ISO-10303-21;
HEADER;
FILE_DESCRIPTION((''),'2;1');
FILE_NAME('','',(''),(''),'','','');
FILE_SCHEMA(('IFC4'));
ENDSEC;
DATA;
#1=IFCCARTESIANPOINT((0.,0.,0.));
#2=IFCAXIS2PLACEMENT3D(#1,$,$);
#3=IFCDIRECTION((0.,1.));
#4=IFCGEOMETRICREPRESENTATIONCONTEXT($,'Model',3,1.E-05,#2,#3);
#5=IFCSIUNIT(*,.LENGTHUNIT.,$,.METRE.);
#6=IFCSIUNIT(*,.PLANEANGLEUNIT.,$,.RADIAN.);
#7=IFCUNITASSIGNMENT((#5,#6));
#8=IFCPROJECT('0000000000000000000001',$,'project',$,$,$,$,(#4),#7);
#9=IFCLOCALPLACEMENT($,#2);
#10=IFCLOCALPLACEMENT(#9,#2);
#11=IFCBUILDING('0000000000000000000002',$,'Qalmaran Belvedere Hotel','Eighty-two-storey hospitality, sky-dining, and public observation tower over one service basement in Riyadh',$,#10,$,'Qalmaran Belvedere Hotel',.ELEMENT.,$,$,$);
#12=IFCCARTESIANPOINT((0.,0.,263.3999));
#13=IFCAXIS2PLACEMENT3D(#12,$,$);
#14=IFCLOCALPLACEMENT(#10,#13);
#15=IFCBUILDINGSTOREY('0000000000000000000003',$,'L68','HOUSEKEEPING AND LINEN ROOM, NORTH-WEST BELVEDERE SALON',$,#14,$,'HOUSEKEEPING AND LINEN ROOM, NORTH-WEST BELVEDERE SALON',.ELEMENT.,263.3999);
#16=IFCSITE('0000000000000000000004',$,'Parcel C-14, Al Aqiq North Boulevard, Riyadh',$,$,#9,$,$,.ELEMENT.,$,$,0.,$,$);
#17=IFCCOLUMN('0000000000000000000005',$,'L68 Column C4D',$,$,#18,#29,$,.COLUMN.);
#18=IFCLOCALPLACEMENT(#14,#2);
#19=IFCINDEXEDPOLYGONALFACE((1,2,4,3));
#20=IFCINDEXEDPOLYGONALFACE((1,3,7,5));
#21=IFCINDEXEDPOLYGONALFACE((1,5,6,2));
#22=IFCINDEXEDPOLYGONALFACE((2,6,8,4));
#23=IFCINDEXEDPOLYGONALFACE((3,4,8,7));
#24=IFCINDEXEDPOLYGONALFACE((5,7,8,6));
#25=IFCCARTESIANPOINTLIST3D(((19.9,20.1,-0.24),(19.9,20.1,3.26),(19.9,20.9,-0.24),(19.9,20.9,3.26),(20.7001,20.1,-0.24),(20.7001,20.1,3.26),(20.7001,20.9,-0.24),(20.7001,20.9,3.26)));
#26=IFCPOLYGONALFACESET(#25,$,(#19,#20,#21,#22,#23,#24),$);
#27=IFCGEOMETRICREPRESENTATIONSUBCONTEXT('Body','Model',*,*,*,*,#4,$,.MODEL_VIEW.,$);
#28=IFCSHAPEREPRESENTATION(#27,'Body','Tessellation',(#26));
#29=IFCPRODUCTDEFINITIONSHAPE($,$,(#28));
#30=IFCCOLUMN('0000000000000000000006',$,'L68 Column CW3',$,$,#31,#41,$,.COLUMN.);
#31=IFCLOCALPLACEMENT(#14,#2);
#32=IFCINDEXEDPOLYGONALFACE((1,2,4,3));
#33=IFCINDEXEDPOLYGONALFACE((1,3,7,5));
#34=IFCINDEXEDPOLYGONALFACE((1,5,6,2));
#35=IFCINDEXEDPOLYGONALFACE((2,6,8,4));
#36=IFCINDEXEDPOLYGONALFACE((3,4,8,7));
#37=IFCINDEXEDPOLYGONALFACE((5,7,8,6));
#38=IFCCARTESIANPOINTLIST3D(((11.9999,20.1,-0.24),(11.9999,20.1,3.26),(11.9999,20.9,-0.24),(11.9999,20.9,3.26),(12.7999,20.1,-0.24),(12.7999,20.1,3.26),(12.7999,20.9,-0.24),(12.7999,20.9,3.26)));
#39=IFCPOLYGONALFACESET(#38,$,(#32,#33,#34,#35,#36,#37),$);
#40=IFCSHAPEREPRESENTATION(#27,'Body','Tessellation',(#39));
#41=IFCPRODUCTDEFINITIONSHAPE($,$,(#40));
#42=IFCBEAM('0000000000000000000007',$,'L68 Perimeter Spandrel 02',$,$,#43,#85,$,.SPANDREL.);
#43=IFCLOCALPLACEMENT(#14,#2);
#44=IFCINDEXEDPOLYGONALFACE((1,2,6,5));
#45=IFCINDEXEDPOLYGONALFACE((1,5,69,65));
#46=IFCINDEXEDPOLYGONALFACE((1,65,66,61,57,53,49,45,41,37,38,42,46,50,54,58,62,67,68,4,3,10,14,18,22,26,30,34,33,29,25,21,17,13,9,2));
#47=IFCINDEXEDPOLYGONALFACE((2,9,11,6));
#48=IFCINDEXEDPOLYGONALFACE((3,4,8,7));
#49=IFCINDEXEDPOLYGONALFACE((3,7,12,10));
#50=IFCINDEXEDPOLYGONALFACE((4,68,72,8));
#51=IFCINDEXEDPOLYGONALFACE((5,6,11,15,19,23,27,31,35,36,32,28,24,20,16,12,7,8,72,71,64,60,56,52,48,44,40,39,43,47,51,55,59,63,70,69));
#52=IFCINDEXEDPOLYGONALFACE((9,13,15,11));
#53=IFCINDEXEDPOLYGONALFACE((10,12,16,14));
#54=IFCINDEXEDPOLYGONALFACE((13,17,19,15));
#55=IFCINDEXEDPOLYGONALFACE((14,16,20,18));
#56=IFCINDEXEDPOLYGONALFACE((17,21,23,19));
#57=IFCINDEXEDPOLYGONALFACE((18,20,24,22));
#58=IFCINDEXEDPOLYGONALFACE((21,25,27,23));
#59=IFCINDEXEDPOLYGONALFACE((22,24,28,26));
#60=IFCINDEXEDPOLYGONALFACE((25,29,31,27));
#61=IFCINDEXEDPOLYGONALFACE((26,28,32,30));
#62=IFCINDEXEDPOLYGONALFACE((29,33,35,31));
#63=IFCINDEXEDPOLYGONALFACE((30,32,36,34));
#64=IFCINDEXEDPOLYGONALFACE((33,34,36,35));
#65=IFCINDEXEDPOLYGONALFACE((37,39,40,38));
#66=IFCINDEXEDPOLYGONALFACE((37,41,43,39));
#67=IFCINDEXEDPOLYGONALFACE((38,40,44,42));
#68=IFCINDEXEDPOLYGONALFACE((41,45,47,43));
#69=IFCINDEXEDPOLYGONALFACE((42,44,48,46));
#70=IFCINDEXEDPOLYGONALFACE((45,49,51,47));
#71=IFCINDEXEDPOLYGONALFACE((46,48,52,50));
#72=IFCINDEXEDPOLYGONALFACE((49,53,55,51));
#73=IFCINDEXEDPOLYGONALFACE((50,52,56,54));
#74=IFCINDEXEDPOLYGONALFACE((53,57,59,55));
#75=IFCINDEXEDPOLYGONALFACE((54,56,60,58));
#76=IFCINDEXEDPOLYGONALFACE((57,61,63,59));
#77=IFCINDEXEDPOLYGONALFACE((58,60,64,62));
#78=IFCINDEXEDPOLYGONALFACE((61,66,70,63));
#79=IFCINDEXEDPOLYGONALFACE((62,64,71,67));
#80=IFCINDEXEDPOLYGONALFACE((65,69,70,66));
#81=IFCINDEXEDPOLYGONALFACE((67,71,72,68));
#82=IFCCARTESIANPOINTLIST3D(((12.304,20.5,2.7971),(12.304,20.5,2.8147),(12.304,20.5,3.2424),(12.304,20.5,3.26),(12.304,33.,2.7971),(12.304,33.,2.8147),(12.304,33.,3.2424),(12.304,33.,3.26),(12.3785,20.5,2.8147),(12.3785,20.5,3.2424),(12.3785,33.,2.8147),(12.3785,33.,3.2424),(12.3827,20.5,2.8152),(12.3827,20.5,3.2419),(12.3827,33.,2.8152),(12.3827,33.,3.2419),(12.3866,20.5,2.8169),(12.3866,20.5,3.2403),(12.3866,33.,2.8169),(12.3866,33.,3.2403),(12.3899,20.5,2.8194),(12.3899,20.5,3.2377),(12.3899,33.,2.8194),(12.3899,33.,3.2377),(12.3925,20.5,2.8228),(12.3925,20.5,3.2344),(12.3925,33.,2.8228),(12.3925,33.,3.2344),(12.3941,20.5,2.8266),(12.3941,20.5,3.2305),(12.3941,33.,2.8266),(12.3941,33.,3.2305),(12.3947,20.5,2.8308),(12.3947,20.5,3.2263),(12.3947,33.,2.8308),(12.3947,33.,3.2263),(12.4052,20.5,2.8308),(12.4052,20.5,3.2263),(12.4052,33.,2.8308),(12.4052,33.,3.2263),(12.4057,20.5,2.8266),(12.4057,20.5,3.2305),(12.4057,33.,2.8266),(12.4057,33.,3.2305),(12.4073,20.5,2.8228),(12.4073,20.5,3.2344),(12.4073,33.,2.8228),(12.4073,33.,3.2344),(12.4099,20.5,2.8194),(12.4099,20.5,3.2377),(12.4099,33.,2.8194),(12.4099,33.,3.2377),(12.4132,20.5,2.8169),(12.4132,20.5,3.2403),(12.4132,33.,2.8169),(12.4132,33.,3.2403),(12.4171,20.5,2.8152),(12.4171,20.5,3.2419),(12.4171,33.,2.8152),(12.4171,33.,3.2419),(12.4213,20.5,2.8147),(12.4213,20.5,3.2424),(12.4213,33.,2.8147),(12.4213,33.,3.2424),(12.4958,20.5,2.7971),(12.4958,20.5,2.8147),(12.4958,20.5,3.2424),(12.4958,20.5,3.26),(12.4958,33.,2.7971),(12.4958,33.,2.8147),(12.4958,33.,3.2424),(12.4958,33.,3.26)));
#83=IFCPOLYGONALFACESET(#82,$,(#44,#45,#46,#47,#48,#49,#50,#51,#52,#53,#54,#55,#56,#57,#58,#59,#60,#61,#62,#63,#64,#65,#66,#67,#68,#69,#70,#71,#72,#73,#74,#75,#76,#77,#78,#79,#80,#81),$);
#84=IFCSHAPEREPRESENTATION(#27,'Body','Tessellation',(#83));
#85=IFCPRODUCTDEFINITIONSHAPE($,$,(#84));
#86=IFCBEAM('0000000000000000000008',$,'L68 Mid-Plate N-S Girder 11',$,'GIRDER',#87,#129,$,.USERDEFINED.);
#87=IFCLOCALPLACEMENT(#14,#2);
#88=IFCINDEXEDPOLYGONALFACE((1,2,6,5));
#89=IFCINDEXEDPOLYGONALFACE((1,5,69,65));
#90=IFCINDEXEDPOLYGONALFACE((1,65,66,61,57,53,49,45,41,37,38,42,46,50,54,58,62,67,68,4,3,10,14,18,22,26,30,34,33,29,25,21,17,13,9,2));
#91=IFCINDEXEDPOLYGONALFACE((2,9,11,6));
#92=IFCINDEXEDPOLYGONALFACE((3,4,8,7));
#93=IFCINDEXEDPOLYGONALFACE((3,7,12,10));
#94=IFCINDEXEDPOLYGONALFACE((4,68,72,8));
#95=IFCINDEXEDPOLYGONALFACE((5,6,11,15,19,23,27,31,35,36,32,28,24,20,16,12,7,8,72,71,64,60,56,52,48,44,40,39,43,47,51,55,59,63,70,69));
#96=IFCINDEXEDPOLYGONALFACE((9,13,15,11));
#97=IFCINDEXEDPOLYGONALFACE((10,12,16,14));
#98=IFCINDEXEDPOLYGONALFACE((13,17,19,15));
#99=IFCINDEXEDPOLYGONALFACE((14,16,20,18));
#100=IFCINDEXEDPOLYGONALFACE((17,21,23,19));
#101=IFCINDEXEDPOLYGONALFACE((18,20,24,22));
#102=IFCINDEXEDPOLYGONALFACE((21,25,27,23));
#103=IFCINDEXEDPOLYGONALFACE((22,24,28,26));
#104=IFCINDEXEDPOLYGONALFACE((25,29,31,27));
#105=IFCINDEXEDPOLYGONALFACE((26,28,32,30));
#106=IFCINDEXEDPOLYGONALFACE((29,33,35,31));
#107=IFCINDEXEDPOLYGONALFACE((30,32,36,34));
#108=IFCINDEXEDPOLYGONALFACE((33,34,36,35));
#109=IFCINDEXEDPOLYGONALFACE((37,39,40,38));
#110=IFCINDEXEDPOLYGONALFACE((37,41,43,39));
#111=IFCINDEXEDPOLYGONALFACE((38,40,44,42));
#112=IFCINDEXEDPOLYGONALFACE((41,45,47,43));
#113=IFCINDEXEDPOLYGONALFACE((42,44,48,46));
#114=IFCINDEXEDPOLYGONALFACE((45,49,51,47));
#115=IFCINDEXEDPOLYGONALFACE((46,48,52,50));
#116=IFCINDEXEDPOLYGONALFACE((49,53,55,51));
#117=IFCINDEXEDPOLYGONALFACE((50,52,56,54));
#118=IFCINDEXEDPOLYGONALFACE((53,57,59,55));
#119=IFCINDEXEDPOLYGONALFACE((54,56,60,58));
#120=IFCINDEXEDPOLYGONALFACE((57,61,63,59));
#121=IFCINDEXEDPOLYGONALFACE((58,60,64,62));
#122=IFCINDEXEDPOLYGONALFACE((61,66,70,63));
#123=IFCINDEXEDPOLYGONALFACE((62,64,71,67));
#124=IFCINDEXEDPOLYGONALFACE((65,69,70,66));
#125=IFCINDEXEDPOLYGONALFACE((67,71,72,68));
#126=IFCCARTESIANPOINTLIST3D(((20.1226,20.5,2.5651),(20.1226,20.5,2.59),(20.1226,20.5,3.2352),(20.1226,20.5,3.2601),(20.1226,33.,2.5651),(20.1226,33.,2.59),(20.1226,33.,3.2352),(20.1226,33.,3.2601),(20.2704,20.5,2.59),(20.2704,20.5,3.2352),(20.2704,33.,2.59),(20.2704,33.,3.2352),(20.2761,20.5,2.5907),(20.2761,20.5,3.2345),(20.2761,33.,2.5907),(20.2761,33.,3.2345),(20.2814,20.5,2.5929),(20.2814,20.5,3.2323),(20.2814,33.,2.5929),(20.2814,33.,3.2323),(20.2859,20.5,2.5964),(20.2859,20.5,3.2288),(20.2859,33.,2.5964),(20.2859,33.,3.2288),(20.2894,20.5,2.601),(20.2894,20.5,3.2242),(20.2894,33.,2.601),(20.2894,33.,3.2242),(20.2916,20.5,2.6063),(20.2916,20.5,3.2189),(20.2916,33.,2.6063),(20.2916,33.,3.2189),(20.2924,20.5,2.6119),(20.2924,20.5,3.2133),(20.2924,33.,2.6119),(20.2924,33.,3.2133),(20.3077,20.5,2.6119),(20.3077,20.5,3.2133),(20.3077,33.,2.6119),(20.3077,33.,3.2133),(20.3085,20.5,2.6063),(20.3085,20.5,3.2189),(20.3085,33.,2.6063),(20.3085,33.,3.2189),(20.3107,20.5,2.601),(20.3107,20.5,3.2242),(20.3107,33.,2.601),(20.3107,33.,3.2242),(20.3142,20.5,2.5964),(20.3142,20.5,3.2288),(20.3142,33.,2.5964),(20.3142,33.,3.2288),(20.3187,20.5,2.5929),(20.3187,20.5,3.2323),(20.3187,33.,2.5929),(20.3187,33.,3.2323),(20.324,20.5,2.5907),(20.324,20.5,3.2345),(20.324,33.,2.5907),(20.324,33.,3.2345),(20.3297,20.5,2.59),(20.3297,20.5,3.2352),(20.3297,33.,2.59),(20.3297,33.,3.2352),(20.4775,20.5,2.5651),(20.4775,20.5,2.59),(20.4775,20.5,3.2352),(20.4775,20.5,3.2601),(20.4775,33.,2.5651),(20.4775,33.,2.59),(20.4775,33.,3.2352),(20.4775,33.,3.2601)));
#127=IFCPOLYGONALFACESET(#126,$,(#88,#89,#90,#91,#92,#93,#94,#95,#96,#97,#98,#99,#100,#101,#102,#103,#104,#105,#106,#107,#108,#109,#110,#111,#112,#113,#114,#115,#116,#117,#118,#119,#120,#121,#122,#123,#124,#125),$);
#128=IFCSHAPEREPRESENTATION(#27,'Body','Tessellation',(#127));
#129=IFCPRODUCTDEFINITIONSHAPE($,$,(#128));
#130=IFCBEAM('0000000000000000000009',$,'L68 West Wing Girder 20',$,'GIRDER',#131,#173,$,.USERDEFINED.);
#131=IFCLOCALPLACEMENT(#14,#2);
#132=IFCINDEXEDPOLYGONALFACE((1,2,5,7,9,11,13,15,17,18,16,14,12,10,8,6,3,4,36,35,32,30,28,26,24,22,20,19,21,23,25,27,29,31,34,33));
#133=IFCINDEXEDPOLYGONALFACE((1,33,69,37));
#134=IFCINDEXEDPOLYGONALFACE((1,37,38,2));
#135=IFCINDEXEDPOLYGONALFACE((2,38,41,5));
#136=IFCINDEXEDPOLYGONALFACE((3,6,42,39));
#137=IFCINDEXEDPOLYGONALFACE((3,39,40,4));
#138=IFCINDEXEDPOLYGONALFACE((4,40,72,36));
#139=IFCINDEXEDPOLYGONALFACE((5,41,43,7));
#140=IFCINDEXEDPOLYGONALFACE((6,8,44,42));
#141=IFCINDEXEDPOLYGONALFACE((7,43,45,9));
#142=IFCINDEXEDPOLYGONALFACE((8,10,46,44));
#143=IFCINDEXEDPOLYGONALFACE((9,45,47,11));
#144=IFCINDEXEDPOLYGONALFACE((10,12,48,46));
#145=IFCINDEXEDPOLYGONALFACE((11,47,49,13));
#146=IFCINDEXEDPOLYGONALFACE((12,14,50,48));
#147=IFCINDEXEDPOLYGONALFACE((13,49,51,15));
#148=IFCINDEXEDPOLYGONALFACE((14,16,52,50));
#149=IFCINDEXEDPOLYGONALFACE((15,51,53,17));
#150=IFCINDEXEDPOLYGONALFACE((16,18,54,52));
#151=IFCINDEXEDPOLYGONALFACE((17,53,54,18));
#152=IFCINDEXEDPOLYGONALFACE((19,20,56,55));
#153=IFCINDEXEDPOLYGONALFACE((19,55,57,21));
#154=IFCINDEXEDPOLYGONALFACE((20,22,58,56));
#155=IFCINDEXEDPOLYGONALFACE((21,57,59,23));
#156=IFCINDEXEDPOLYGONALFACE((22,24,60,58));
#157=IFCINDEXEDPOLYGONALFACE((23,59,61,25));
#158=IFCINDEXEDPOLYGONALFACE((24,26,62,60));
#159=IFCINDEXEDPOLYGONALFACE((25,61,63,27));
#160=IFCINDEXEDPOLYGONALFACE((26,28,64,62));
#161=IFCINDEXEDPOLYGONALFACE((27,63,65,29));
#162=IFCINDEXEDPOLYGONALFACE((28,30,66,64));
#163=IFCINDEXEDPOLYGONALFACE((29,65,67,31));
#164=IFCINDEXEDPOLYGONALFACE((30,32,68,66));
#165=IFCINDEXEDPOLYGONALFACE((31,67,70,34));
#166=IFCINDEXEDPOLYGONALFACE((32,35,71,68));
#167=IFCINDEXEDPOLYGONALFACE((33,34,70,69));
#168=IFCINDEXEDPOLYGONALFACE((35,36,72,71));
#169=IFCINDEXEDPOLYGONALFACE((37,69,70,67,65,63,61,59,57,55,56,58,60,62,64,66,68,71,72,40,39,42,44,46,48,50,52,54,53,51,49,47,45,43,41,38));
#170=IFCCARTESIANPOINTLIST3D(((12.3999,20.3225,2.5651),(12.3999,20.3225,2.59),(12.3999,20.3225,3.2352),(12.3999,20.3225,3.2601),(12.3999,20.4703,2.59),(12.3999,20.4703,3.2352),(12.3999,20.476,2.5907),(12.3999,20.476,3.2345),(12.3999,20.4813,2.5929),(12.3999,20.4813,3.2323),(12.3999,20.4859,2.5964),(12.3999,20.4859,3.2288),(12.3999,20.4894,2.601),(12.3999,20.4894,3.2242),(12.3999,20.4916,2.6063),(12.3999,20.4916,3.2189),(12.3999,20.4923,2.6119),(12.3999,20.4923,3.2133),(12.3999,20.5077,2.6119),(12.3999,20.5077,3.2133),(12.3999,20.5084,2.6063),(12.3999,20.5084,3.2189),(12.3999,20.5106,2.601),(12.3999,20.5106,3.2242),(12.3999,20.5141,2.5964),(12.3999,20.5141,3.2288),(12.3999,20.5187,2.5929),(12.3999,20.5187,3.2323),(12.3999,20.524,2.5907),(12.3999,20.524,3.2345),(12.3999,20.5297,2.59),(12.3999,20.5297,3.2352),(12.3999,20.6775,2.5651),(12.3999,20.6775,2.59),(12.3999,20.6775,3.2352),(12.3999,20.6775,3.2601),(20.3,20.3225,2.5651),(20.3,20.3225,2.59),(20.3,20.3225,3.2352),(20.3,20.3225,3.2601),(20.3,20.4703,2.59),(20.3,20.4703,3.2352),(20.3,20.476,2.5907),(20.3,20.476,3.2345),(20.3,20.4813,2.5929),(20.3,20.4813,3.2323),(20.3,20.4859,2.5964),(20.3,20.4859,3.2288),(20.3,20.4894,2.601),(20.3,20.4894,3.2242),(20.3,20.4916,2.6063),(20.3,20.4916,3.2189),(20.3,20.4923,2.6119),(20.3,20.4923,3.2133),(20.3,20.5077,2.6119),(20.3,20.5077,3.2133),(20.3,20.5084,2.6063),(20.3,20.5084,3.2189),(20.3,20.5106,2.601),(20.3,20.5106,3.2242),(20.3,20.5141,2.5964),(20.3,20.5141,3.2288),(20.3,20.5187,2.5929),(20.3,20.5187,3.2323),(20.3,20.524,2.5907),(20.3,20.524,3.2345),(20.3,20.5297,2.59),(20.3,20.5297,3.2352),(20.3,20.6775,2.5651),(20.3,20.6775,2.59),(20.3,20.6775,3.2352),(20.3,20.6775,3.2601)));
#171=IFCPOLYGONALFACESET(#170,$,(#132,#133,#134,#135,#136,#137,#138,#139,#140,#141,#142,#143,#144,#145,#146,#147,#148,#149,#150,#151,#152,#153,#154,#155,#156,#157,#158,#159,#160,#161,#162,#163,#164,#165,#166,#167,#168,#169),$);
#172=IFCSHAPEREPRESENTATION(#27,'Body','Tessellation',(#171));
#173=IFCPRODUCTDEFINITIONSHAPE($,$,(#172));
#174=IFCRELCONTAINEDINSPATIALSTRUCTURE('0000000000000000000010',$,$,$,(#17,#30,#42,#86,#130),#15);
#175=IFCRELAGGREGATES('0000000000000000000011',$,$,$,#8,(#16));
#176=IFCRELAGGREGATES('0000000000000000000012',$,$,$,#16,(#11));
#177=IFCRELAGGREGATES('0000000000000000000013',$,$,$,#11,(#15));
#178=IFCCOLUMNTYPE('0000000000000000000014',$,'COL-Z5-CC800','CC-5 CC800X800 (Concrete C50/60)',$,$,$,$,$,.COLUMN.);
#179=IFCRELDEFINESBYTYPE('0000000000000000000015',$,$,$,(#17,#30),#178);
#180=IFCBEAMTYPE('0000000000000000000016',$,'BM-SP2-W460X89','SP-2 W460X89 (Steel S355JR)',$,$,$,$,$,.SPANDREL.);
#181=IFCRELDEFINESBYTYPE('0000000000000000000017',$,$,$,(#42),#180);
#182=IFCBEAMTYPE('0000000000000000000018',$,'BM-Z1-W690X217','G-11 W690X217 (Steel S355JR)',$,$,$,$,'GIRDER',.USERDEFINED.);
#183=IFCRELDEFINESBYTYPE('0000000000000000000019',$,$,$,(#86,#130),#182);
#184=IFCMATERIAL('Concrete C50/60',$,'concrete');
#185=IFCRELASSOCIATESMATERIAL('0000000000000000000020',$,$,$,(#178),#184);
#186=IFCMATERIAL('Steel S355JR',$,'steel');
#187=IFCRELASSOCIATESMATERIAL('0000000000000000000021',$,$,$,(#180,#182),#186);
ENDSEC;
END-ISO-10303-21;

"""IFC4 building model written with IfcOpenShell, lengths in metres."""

from ifc_helpers import new_model, si_unit, direction, frame, origin, origin_2d, place, context, subcontext, project, spatial, rectangle, i_section, extrude, material, material_profile, profile_set, type_object, element, save


model = new_model("IFC4")

# Units and contexts
model_context = context("Model", 3, precision=1e-05, world=origin(), true_north=direction((0.0, 1.0)))
body_context = subcontext(model_context, "Body", "Model", "MODEL_VIEW")
ifc_project = project(units=[si_unit("LENGTHUNIT", "METRE"), si_unit("PLANEANGLEUNIT", "RADIAN")], contexts=[model_context])

# Site, building, storey
site_placement = place(None, origin())
site = spatial("IfcSite", under=ifc_project, at=site_placement, Name="Parcel C-14, Al Aqiq North Boulevard, Riyadh", CompositionType="ELEMENT", RefElevation=0.0)
building_placement = place(site_placement, origin())
building = spatial("IfcBuilding", under=site, at=building_placement, Name="Qalmaran Belvedere Hotel", Description="Eighty-two-storey hospitality, sky-dining, and public observation tower over one service basement in Riyadh", LongName="Qalmaran Belvedere Hotel", CompositionType="ELEMENT")
storey_placement = place(building_placement, frame((0.0, 0.0, 263.3999)))
storey = spatial("IfcBuildingStorey", under=building, at=storey_placement, Name="L68", Description="HOUSEKEEPING AND LINEN ROOM, NORTH-WEST BELVEDERE SALON", LongName="HOUSEKEEPING AND LINEN ROOM, NORTH-WEST BELVEDERE SALON", CompositionType="ELEMENT", Elevation=263.3999)

# Columns
ifc_material_1 = material(Name="Concrete C50/60", Category="concrete")
ifc_material_profile_1 = material_profile(ifc_material_1, rectangle(XDim=0.8, YDim=0.8, at=origin_2d()), Name="CC800X800")
ifc_profile_set_1 = profile_set([ifc_material_profile_1], Name="Concrete C50/60")
column_type = type_object("IfcColumnType", Name="COL-Z5-CC800", Description="CC-5 CC800X800 (Concrete C50/60)", PredefinedType="COLUMN", material=ifc_profile_set_1)
for number, where, z_axis, x_axis, name in (
    (1, (20.3, 20.5, -0.24), (0.0, 0.0, 1.0), (1.0, 0.0, 0.0), "L68 Column C4D"),
    (2, (12.3999, 20.5, -0.24), (0.0, 0.0, 1.0), (1.0, 0.0, 0.0), "L68 Column CW3"),
):
    element("IfcColumn", number, at=place(storey_placement, frame(where, z_axis=z_axis, x_axis=x_axis)), inside=storey, type_object=column_type, Name=name, PredefinedType="COLUMN", context=body_context, shape_type="SweptSolid", body=[
        extrude(rectangle(XDim=0.8, YDim=0.8, at=origin_2d()), origin(), (0.0, 0.0, 1.0), 3.5),
    ])

# Beams
ifc_material_2 = material(Name="Steel S355JR", Category="steel")
ifc_material_profile_2 = material_profile(ifc_material_2, i_section(OverallWidth=0.1919, OverallDepth=0.4629, WebThickness=0.0105, FlangeThickness=0.0176, FilletRadius=0.0161, at=origin_2d()), Name="W460X89")
ifc_profile_set_2 = profile_set([ifc_material_profile_2], Name="Steel S355JR")
beam_type_1 = type_object("IfcBeamType", Name="BM-SP2-W460X89", Description="SP-2 W460X89 (Steel S355JR)", PredefinedType="SPANDREL", material=ifc_profile_set_2)
beam_1_placement = place(storey_placement, frame((12.3999, 20.5, 3.0286), z_axis=(0.0, 1.0, 0.0), x_axis=(-1.0, 0.0, 0.0)))
element("IfcBeam", 3, at=beam_1_placement, inside=storey, type_object=beam_type_1, Name="L68 Perimeter Spandrel 02", PredefinedType="SPANDREL", context=body_context, shape_type="SweptSolid", body=[
    extrude(i_section(OverallWidth=0.1919, OverallDepth=0.4629, WebThickness=0.0105, FlangeThickness=0.0176, FilletRadius=0.0161, at=origin_2d()), origin(), (0.0, 0.0, 1.0), 12.5),
])
ifc_material_profile_3 = material_profile(ifc_material_2, i_section(OverallWidth=0.355, OverallDepth=0.6951, WebThickness=0.0154, FlangeThickness=0.0249, FilletRadius=0.022, at=origin_2d()), Name="W690X217")
ifc_profile_set_3 = profile_set([ifc_material_profile_3], Name="Steel S355JR")
beam_type_2 = type_object("IfcBeamType", Name="BM-Z1-W690X217", Description="G-11 W690X217 (Steel S355JR)", ElementType="GIRDER", PredefinedType="USERDEFINED", material=ifc_profile_set_3)
beam_2_placement = place(storey_placement, frame((20.3, 20.5, 2.9126), z_axis=(0.0, 1.0, 0.0), x_axis=(-1.0, 0.0, 0.0)))
element("IfcBeam", 4, at=beam_2_placement, inside=storey, type_object=beam_type_2, Name="L68 Mid-Plate N-S Girder 11", ObjectType="GIRDER", PredefinedType="USERDEFINED", context=body_context, shape_type="SweptSolid", body=[
    extrude(i_section(OverallWidth=0.355, OverallDepth=0.6951, WebThickness=0.0154, FlangeThickness=0.0249, FilletRadius=0.022, at=origin_2d()), origin(), (0.0, 0.0, 1.0), 12.5),
])
beam_3_placement = place(storey_placement, frame((12.3999, 20.5, 2.9126), z_axis=(1.0, 0.0, 0.0), x_axis=(0.0, 1.0, 0.0)))
element("IfcBeam", 5, at=beam_3_placement, inside=storey, type_object=beam_type_2, Name="L68 West Wing Girder 20", ObjectType="GIRDER", PredefinedType="USERDEFINED", context=body_context, shape_type="SweptSolid", body=[
    extrude(i_section(OverallWidth=0.355, OverallDepth=0.6951, WebThickness=0.0154, FlangeThickness=0.0249, FilletRadius=0.022, at=origin_2d()), origin(), (0.0, 0.0, 1.0), 7.9001),
])

save(model, "model.ifc")
